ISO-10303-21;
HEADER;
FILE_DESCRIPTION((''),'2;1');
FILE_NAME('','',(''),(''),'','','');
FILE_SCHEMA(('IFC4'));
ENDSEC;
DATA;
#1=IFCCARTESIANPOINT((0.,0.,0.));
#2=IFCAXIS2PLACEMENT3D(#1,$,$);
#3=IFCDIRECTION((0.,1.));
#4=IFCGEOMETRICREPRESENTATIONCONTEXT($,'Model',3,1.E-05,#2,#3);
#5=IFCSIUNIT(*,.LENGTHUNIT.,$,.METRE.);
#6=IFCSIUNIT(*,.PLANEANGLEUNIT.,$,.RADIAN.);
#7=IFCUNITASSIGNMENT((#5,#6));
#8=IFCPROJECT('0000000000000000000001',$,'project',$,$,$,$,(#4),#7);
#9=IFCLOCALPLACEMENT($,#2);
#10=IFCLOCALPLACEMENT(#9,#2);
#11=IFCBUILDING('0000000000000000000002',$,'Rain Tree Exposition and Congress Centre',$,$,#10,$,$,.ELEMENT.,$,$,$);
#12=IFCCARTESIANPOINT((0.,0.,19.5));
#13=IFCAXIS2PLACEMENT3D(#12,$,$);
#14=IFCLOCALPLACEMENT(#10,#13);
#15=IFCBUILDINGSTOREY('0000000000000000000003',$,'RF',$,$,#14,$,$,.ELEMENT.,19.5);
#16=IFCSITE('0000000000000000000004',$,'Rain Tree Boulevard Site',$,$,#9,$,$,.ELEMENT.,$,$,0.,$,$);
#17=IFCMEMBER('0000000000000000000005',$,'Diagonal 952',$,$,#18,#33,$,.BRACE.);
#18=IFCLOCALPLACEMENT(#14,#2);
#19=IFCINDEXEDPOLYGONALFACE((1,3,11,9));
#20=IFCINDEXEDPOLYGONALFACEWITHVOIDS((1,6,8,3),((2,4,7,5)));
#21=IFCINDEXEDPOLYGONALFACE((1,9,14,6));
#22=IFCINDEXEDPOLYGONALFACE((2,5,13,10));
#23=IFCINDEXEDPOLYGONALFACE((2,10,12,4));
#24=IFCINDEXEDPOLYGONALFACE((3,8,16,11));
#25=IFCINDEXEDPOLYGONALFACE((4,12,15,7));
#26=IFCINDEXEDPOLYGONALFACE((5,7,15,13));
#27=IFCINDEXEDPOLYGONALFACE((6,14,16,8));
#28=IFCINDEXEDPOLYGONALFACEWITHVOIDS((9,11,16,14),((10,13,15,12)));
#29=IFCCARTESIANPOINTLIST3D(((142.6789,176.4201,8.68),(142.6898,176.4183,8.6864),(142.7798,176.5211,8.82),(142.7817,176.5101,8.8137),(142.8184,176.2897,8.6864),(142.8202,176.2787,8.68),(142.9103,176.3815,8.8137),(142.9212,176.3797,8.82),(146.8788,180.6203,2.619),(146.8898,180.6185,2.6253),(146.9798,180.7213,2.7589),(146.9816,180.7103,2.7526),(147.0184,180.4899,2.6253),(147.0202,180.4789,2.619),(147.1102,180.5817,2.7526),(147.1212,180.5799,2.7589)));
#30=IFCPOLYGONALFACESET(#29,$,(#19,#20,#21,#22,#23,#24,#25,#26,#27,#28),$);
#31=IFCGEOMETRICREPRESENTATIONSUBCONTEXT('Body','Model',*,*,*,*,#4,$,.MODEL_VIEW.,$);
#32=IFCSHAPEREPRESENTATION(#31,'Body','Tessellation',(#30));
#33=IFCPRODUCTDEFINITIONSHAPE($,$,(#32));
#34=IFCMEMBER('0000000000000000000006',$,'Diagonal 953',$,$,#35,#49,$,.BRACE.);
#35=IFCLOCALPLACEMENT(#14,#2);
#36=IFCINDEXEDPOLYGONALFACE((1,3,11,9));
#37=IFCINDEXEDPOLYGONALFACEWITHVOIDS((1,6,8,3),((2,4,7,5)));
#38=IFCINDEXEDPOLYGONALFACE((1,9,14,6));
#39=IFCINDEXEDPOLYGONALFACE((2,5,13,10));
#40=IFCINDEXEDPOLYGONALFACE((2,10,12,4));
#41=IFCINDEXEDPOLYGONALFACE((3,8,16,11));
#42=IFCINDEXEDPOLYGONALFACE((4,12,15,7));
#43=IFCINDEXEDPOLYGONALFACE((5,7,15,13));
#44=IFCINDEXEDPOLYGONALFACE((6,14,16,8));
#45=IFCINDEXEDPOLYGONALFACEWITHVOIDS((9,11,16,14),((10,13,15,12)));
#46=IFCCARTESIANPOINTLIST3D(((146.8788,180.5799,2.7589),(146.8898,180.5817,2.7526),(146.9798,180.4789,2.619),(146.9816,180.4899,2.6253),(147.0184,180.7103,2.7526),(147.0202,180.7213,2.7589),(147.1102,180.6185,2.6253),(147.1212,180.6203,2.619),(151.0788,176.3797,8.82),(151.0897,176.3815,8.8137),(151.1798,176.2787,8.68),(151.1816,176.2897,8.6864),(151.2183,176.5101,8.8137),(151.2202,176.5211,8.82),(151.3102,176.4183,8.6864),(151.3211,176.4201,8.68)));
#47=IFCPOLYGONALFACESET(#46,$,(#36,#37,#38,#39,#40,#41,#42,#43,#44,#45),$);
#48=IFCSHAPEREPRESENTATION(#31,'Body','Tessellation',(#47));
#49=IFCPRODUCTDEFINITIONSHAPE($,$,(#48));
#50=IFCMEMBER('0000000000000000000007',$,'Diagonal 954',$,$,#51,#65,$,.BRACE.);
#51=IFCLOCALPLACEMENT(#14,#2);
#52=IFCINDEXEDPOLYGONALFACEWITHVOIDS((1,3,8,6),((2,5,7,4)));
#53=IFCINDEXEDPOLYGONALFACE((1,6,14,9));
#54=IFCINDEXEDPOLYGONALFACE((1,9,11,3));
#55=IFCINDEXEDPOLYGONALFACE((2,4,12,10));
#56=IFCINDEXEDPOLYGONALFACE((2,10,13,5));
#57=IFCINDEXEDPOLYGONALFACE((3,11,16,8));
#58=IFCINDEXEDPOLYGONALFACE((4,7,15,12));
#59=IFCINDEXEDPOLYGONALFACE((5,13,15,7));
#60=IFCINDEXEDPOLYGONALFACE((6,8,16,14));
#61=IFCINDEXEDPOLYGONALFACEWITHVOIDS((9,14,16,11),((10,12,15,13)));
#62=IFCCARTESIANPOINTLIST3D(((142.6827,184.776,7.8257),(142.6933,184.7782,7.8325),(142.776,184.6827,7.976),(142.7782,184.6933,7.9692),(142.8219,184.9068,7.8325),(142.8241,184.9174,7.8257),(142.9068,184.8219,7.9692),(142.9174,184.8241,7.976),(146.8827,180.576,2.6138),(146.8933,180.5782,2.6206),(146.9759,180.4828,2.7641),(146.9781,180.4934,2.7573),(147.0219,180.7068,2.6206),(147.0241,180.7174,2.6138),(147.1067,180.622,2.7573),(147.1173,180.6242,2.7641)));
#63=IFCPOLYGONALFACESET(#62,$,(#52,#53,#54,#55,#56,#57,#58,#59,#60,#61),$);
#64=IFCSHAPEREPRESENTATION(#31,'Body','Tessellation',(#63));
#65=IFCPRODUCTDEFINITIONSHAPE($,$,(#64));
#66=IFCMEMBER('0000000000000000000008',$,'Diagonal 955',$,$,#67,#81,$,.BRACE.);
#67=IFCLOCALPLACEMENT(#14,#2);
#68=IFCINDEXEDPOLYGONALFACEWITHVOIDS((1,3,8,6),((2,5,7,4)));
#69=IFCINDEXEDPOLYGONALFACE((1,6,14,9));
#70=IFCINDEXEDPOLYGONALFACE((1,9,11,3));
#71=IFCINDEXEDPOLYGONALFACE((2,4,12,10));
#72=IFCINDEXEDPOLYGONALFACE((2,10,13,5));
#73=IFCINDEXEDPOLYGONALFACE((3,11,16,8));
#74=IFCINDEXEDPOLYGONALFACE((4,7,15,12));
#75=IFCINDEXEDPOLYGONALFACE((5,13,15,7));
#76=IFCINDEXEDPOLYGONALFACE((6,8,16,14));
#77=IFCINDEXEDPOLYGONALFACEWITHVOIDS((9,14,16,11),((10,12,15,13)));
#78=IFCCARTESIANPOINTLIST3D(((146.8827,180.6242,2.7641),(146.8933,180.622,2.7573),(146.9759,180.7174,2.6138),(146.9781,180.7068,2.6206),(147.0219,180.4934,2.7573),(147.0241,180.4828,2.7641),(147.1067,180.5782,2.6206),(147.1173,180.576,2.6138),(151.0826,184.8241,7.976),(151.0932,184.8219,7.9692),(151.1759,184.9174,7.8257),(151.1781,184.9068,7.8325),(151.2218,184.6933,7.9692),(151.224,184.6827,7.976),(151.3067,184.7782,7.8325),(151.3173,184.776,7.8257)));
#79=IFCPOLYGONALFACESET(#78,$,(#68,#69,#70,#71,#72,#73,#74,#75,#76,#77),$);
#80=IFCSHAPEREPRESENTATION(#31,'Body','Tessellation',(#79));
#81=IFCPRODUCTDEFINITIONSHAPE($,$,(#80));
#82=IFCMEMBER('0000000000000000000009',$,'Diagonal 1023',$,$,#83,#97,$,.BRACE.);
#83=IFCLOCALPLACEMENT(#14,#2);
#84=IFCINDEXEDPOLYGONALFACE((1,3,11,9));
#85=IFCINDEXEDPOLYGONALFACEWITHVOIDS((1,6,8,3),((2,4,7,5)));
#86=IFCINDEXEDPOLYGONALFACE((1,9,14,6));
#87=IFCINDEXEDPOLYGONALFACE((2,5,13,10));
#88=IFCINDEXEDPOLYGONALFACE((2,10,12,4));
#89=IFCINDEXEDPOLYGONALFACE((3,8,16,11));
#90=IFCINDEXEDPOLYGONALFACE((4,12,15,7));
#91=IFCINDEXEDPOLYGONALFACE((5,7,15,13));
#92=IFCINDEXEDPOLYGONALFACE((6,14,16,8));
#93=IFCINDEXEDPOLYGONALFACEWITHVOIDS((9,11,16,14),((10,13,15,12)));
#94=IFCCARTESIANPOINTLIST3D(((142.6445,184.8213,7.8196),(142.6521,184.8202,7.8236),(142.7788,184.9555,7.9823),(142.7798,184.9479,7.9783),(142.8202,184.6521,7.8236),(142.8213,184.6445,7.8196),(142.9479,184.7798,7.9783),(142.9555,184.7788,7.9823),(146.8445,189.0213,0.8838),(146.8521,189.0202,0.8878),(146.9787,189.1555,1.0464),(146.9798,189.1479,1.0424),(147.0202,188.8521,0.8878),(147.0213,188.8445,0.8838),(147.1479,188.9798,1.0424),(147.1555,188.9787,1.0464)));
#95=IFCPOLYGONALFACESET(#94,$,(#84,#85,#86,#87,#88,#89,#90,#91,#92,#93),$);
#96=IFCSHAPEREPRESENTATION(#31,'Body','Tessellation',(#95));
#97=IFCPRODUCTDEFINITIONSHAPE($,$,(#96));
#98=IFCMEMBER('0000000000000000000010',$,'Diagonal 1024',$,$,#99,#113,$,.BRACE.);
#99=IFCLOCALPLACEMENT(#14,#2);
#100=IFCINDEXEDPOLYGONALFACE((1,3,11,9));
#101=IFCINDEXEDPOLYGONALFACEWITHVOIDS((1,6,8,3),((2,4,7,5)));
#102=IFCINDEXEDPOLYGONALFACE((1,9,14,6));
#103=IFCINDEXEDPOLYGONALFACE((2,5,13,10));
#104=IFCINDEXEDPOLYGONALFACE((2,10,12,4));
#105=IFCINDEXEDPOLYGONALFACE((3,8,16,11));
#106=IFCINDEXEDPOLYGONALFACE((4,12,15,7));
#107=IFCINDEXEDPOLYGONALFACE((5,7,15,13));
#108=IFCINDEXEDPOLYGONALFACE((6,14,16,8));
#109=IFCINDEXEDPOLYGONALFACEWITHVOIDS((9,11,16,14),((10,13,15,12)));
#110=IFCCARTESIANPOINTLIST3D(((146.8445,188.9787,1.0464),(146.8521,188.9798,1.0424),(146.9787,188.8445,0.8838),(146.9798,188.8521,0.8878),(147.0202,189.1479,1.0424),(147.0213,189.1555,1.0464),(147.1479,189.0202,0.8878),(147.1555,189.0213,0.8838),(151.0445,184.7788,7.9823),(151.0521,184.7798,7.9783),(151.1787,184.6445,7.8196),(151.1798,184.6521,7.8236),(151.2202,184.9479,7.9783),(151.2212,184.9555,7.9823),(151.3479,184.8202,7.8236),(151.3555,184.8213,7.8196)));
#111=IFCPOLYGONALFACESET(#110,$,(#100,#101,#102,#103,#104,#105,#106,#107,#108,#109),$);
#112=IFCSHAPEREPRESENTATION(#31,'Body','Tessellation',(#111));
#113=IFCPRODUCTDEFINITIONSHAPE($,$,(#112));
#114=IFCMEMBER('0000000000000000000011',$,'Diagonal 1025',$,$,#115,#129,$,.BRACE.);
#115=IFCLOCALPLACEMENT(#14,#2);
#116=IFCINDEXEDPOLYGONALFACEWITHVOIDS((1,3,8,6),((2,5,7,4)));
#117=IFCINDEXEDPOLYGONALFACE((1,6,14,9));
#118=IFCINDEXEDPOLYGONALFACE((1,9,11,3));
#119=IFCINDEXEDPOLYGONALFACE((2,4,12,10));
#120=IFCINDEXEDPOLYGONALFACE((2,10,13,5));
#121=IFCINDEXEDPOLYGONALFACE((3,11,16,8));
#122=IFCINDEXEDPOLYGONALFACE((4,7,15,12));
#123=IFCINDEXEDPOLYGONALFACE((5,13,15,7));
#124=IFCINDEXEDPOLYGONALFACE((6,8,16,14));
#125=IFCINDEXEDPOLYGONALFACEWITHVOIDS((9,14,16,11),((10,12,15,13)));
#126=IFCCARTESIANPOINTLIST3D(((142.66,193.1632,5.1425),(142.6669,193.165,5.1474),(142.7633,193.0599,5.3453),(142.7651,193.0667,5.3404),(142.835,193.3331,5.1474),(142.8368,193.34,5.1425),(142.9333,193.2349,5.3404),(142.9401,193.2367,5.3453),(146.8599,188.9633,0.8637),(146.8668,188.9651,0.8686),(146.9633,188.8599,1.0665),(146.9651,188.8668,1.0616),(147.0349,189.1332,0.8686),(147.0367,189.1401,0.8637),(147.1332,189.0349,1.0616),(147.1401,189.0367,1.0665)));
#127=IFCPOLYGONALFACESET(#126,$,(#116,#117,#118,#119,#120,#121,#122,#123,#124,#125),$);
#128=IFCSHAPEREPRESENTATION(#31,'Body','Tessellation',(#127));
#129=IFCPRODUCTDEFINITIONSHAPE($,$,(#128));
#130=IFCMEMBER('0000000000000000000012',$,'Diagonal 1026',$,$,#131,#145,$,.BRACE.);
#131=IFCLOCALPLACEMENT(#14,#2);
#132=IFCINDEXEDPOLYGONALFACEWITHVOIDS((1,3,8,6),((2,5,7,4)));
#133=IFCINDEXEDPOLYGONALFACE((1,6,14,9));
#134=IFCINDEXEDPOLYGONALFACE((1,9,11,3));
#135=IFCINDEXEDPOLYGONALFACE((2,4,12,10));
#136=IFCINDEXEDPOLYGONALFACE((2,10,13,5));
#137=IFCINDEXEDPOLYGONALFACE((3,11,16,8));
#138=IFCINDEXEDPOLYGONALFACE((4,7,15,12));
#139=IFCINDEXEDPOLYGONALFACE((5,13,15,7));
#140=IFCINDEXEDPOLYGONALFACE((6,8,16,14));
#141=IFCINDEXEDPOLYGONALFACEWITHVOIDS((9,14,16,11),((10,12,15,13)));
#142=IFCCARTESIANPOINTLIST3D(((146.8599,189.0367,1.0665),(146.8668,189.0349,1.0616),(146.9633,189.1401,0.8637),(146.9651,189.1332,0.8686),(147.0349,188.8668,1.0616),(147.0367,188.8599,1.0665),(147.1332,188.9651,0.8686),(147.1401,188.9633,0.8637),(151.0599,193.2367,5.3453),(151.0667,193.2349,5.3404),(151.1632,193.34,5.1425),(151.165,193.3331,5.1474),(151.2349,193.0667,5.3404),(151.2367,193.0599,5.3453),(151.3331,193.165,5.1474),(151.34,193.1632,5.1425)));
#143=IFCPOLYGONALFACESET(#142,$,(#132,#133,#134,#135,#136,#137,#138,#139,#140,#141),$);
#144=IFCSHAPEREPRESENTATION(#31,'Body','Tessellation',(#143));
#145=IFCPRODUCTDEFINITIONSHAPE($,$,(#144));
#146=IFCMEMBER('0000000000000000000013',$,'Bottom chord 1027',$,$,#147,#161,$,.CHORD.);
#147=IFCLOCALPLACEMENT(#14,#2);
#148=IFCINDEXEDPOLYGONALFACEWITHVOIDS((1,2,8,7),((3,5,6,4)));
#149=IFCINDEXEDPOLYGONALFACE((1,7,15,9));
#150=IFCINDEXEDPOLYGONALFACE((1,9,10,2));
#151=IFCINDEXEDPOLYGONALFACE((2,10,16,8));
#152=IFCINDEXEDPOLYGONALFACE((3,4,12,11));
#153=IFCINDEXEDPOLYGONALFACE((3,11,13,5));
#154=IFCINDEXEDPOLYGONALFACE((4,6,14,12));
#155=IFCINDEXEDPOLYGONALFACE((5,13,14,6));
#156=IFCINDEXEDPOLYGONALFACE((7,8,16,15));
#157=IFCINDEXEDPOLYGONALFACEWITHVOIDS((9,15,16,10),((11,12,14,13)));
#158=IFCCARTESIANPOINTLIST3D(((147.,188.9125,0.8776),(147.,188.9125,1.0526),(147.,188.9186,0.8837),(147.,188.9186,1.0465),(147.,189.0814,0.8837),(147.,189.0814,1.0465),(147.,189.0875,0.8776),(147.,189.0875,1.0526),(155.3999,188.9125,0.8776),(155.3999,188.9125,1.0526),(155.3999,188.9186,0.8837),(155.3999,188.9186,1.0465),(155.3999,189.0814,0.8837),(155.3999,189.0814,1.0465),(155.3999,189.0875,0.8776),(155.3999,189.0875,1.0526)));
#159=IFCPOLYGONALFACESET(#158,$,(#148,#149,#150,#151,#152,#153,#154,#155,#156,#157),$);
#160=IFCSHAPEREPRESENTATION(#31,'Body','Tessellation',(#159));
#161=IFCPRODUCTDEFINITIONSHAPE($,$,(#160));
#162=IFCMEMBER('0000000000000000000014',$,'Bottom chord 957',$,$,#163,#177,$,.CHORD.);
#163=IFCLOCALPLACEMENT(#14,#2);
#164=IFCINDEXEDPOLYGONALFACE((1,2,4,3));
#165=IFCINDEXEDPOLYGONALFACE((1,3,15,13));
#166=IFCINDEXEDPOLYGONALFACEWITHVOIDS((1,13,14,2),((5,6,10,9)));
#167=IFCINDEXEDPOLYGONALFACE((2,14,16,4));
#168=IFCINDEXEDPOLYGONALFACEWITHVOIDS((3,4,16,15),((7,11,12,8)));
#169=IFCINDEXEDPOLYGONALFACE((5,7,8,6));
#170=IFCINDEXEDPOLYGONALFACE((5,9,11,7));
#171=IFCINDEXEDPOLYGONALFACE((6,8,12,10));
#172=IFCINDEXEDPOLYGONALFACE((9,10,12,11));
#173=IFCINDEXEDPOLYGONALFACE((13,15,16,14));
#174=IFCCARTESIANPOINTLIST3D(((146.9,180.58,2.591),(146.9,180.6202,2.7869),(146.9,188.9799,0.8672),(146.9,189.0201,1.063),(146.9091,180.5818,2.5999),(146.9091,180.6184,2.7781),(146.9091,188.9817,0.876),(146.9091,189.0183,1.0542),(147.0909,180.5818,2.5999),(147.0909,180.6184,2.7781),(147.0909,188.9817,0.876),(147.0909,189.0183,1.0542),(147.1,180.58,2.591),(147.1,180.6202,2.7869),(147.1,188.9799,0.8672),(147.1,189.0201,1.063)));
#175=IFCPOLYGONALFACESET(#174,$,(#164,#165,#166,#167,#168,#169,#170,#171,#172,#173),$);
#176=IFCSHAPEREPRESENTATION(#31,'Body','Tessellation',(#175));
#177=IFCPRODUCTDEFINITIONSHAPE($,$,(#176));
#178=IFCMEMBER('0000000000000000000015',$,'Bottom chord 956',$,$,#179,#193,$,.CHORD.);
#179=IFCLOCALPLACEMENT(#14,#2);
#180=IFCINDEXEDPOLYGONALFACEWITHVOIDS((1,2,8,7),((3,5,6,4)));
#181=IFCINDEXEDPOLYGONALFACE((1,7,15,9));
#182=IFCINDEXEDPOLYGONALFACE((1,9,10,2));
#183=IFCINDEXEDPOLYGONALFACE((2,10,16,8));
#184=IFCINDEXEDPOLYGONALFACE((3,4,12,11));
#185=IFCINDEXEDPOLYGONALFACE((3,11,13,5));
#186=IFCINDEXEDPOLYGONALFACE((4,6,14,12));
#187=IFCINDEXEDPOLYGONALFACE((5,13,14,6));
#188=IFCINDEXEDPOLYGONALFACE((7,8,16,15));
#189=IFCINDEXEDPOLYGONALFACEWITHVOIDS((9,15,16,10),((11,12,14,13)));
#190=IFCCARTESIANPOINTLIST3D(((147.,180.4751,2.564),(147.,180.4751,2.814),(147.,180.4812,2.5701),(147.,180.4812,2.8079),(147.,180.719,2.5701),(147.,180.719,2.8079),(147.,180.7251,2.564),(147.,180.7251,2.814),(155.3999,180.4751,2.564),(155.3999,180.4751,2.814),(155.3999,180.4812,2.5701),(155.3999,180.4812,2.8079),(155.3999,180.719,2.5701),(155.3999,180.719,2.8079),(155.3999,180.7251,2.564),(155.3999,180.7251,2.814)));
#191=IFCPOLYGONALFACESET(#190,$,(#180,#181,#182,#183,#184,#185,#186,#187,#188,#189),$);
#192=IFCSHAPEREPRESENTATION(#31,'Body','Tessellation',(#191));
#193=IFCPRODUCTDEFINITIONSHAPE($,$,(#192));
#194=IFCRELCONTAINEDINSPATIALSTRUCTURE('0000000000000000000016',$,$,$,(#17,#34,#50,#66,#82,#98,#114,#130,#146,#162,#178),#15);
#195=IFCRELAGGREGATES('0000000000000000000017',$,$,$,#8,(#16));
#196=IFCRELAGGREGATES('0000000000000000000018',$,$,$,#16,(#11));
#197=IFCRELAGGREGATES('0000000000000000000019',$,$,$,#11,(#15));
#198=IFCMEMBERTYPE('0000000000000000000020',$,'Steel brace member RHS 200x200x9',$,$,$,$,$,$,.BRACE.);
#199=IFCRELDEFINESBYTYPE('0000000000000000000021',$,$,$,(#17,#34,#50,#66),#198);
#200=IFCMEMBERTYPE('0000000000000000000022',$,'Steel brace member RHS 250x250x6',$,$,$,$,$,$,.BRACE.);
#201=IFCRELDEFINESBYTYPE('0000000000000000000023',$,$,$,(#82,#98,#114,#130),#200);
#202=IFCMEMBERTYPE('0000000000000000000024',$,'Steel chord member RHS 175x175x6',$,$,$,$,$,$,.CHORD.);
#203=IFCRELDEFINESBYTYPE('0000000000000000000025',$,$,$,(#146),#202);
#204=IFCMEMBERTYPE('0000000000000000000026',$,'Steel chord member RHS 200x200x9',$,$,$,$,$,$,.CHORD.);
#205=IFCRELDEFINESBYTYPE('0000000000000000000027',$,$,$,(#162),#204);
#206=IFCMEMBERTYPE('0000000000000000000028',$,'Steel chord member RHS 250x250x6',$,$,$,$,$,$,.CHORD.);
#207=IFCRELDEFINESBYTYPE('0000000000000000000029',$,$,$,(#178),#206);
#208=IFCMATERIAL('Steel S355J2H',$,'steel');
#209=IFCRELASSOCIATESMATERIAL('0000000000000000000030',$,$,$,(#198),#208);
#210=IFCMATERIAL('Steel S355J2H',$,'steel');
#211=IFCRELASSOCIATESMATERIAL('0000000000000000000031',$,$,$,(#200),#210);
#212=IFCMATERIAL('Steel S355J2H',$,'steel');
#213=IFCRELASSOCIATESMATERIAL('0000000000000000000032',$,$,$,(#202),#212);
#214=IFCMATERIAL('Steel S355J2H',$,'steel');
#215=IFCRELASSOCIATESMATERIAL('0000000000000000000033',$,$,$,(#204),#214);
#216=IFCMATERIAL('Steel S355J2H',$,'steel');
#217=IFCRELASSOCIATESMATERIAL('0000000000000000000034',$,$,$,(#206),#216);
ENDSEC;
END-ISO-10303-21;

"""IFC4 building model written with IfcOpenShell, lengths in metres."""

from ifc_helpers import new_model, si_unit, direction, frame, origin, origin_2d, place, context, subcontext, project, spatial, hollow_rectangle, extrude, material, material_profile, profile_set, type_object, element, save


model = new_model("IFC4")

# Units and contexts
model_context = context("Model", 3, precision=1e-05, world=origin(), true_north=direction((0.0, 1.0)))
body_context = subcontext(model_context, "Body", "Model", "MODEL_VIEW")
ifc_project = project(units=[si_unit("LENGTHUNIT", "METRE"), si_unit("PLANEANGLEUNIT", "RADIAN")], contexts=[model_context])

# Site, building, storey
site_placement = place(None, origin())
site = spatial("IfcSite", under=ifc_project, at=site_placement, Name="Rain Tree Boulevard Site", CompositionType="ELEMENT", RefElevation=0.0)
building_placement = place(site_placement, origin())
building = spatial("IfcBuilding", under=site, at=building_placement, Name="Rain Tree Exposition and Congress Centre", CompositionType="ELEMENT")
storey_placement = place(building_placement, frame((0.0, 0.0, 19.5)))
storey = spatial("IfcBuildingStorey", under=building, at=storey_placement, Name="RF", CompositionType="ELEMENT", Elevation=19.5)

# Members
ifc_material_1 = material(Name="Steel S355J2H", Category="steel")
ifc_material_profile_1 = material_profile(ifc_material_1, hollow_rectangle(XDim=0.2, YDim=0.2, WallThickness=0.009, at=origin_2d()), Name="RHS 200x200x9")
ifc_profile_set_1 = profile_set([ifc_material_profile_1], Name="Steel S355J2H")
member_type_1 = type_object("IfcMemberType", Name="Steel brace member RHS 200x200x9", PredefinedType="BRACE", material=ifc_profile_set_1)
for number, where, z_axis, x_axis, name in (
    (1, (147.0, 180.6001, 2.689), (-0.494909, -0.494938, 0.714214), (0.707127, -0.707086, 0.0), "Diagonal 952"),
    (2, (147.0, 180.6001, 2.689), (0.494909, -0.494938, 0.714214), (0.707127, 0.707086, 0.0), "Diagonal 953"),
):
    element("IfcMember", number, at=place(storey_placement, frame(where, z_axis=z_axis, x_axis=x_axis)), inside=storey, type_object=member_type_1, Name=name, PredefinedType="BRACE", context=body_context, shape_type="SweptSolid", body=[
        extrude(hollow_rectangle(XDim=0.2, YDim=0.2, WallThickness=0.009, at=origin_2d()), origin(), (0.0, 0.0, 1.0), 8.4863),
    ])
for number, where, z_axis, x_axis, name in (
    (3, (147.0, 180.6001, 2.689), (-0.531498, 0.531498, 0.65956), (-0.707107, -0.707107, 0.0), "Diagonal 954"),
    (4, (147.0, 180.6001, 2.689), (0.531498, 0.531498, 0.65956), (-0.707107, 0.707107, 0.0), "Diagonal 955"),
):
    element("IfcMember", number, at=place(storey_placement, frame(where, z_axis=z_axis, x_axis=x_axis)), inside=storey, type_object=member_type_1, Name=name, PredefinedType="BRACE", context=body_context, shape_type="SweptSolid", body=[
        extrude(hollow_rectangle(XDim=0.2, YDim=0.2, WallThickness=0.009, at=origin_2d()), origin(), (0.0, 0.0, 1.0), 7.9021),
    ])
ifc_material_2 = material(Name="Steel S355J2H", Category="steel")
ifc_material_profile_2 = material_profile(ifc_material_2, hollow_rectangle(XDim=0.25, YDim=0.25, WallThickness=0.0061, at=origin_2d()), Name="RHS 250x250x6")
ifc_profile_set_2 = profile_set([ifc_material_profile_2], Name="Steel S355J2H")
member_type_2 = type_object("IfcMemberType", Name="Steel brace member RHS 250x250x6", PredefinedType="BRACE", material=ifc_profile_set_2)
for number, where, z_axis, x_axis, name in (
    (5, (147.0, 189.0, 0.9651), (-0.459941, -0.459941, 0.759545), (0.707107, -0.707107, 0.0), "Diagonal 1023"),
    (6, (147.0, 189.0, 0.9651), (0.459941, -0.459941, 0.759545), (0.707107, 0.707107, 0.0), "Diagonal 1024"),
):
    element("IfcMember", number, at=place(storey_placement, frame(where, z_axis=z_axis, x_axis=x_axis)), inside=storey, type_object=member_type_2, Name=name, PredefinedType="BRACE", context=body_context, shape_type="SweptSolid", body=[
        extrude(hollow_rectangle(XDim=0.25, YDim=0.25, WallThickness=0.0061, at=origin_2d()), origin(), (0.0, 0.0, 1.0), 9.1316),
    ])
for number, where, z_axis, x_axis, name in (
    (7, (147.0, 189.0, 0.9651), (-0.573737, 0.573737, 0.58451), (-0.707107, -0.707107, 0.0), "Diagonal 1025"),
    (8, (147.0, 189.0, 0.9651), (0.573737, 0.573737, 0.58451), (-0.707107, 0.707107, 0.0), "Diagonal 1026"),
):
    element("IfcMember", number, at=place(storey_placement, frame(where, z_axis=z_axis, x_axis=x_axis)), inside=storey, type_object=member_type_2, Name=name, PredefinedType="BRACE", context=body_context, shape_type="SweptSolid", body=[
        extrude(hollow_rectangle(XDim=0.25, YDim=0.25, WallThickness=0.0061, at=origin_2d()), origin(), (0.0, 0.0, 1.0), 7.3203),
    ])
ifc_material_3 = material(Name="Steel S355J2H", Category="steel")
ifc_material_profile_3 = material_profile(ifc_material_3, hollow_rectangle(XDim=0.175, YDim=0.175, WallThickness=0.0061, at=origin_2d()), Name="RHS 175x175x6")
ifc_profile_set_3 = profile_set([ifc_material_profile_3], Name="Steel S355J2H")
member_type_3 = type_object("IfcMemberType", Name="Steel chord member RHS 175x175x6", PredefinedType="CHORD", material=ifc_profile_set_3)
member_1_placement = place(storey_placement, frame((147.0, 189.0, 0.9651), z_axis=(1.0, 0.0, 0.0), x_axis=(0.0, 1.0, 0.0)))
element("IfcMember", 9, at=member_1_placement, inside=storey, type_object=member_type_3, Name="Bottom chord 1027", PredefinedType="CHORD", context=body_context, shape_type="SweptSolid", body=[
    extrude(hollow_rectangle(XDim=0.175, YDim=0.175, WallThickness=0.0061, at=origin_2d()), origin(), (0.0, 0.0, 1.0), 8.3999),
])
ifc_material_4 = material(Name="Steel S355J2H", Category="steel")
ifc_material_profile_4 = material_profile(ifc_material_4, hollow_rectangle(XDim=0.2, YDim=0.2, WallThickness=0.009, at=origin_2d()), Name="RHS 200x200x9")
ifc_profile_set_4 = profile_set([ifc_material_profile_4], Name="Steel S355J2H")
member_type_4 = type_object("IfcMemberType", Name="Steel chord member RHS 200x200x9", PredefinedType="CHORD", material=ifc_profile_set_4)
member_2_placement = place(storey_placement, frame((147.0, 180.6001, 2.689), z_axis=(0.0, 0.979584, -0.201036), x_axis=(-1.0, 0.0, 0.0)))
element("IfcMember", 10, at=member_2_placement, inside=storey, type_object=member_type_4, Name="Bottom chord 957", PredefinedType="CHORD", context=body_context, shape_type="SweptSolid", body=[
    extrude(hollow_rectangle(XDim=0.2, YDim=0.2, WallThickness=0.009, at=origin_2d()), origin(), (0.0, 0.0, 1.0), 8.575),
])
ifc_material_5 = material(Name="Steel S355J2H", Category="steel")
ifc_material_profile_5 = material_profile(ifc_material_5, hollow_rectangle(XDim=0.25, YDim=0.25, WallThickness=0.0061, at=origin_2d()), Name="RHS 250x250x6")
ifc_profile_set_5 = profile_set([ifc_material_profile_5], Name="Steel S355J2H")
member_type_5 = type_object("IfcMemberType", Name="Steel chord member RHS 250x250x6", PredefinedType="CHORD", material=ifc_profile_set_5)
member_3_placement = place(storey_placement, frame((147.0, 180.6001, 2.689), z_axis=(1.0, 0.0, 0.0), x_axis=(0.0, 1.0, 0.0)))
element("IfcMember", 11, at=member_3_placement, inside=storey, type_object=member_type_5, Name="Bottom chord 956", PredefinedType="CHORD", context=body_context, shape_type="SweptSolid", body=[
    extrude(hollow_rectangle(XDim=0.25, YDim=0.25, WallThickness=0.0061, at=origin_2d()), origin(), (0.0, 0.0, 1.0), 8.3999),
])

save(model, "model.ifc")
